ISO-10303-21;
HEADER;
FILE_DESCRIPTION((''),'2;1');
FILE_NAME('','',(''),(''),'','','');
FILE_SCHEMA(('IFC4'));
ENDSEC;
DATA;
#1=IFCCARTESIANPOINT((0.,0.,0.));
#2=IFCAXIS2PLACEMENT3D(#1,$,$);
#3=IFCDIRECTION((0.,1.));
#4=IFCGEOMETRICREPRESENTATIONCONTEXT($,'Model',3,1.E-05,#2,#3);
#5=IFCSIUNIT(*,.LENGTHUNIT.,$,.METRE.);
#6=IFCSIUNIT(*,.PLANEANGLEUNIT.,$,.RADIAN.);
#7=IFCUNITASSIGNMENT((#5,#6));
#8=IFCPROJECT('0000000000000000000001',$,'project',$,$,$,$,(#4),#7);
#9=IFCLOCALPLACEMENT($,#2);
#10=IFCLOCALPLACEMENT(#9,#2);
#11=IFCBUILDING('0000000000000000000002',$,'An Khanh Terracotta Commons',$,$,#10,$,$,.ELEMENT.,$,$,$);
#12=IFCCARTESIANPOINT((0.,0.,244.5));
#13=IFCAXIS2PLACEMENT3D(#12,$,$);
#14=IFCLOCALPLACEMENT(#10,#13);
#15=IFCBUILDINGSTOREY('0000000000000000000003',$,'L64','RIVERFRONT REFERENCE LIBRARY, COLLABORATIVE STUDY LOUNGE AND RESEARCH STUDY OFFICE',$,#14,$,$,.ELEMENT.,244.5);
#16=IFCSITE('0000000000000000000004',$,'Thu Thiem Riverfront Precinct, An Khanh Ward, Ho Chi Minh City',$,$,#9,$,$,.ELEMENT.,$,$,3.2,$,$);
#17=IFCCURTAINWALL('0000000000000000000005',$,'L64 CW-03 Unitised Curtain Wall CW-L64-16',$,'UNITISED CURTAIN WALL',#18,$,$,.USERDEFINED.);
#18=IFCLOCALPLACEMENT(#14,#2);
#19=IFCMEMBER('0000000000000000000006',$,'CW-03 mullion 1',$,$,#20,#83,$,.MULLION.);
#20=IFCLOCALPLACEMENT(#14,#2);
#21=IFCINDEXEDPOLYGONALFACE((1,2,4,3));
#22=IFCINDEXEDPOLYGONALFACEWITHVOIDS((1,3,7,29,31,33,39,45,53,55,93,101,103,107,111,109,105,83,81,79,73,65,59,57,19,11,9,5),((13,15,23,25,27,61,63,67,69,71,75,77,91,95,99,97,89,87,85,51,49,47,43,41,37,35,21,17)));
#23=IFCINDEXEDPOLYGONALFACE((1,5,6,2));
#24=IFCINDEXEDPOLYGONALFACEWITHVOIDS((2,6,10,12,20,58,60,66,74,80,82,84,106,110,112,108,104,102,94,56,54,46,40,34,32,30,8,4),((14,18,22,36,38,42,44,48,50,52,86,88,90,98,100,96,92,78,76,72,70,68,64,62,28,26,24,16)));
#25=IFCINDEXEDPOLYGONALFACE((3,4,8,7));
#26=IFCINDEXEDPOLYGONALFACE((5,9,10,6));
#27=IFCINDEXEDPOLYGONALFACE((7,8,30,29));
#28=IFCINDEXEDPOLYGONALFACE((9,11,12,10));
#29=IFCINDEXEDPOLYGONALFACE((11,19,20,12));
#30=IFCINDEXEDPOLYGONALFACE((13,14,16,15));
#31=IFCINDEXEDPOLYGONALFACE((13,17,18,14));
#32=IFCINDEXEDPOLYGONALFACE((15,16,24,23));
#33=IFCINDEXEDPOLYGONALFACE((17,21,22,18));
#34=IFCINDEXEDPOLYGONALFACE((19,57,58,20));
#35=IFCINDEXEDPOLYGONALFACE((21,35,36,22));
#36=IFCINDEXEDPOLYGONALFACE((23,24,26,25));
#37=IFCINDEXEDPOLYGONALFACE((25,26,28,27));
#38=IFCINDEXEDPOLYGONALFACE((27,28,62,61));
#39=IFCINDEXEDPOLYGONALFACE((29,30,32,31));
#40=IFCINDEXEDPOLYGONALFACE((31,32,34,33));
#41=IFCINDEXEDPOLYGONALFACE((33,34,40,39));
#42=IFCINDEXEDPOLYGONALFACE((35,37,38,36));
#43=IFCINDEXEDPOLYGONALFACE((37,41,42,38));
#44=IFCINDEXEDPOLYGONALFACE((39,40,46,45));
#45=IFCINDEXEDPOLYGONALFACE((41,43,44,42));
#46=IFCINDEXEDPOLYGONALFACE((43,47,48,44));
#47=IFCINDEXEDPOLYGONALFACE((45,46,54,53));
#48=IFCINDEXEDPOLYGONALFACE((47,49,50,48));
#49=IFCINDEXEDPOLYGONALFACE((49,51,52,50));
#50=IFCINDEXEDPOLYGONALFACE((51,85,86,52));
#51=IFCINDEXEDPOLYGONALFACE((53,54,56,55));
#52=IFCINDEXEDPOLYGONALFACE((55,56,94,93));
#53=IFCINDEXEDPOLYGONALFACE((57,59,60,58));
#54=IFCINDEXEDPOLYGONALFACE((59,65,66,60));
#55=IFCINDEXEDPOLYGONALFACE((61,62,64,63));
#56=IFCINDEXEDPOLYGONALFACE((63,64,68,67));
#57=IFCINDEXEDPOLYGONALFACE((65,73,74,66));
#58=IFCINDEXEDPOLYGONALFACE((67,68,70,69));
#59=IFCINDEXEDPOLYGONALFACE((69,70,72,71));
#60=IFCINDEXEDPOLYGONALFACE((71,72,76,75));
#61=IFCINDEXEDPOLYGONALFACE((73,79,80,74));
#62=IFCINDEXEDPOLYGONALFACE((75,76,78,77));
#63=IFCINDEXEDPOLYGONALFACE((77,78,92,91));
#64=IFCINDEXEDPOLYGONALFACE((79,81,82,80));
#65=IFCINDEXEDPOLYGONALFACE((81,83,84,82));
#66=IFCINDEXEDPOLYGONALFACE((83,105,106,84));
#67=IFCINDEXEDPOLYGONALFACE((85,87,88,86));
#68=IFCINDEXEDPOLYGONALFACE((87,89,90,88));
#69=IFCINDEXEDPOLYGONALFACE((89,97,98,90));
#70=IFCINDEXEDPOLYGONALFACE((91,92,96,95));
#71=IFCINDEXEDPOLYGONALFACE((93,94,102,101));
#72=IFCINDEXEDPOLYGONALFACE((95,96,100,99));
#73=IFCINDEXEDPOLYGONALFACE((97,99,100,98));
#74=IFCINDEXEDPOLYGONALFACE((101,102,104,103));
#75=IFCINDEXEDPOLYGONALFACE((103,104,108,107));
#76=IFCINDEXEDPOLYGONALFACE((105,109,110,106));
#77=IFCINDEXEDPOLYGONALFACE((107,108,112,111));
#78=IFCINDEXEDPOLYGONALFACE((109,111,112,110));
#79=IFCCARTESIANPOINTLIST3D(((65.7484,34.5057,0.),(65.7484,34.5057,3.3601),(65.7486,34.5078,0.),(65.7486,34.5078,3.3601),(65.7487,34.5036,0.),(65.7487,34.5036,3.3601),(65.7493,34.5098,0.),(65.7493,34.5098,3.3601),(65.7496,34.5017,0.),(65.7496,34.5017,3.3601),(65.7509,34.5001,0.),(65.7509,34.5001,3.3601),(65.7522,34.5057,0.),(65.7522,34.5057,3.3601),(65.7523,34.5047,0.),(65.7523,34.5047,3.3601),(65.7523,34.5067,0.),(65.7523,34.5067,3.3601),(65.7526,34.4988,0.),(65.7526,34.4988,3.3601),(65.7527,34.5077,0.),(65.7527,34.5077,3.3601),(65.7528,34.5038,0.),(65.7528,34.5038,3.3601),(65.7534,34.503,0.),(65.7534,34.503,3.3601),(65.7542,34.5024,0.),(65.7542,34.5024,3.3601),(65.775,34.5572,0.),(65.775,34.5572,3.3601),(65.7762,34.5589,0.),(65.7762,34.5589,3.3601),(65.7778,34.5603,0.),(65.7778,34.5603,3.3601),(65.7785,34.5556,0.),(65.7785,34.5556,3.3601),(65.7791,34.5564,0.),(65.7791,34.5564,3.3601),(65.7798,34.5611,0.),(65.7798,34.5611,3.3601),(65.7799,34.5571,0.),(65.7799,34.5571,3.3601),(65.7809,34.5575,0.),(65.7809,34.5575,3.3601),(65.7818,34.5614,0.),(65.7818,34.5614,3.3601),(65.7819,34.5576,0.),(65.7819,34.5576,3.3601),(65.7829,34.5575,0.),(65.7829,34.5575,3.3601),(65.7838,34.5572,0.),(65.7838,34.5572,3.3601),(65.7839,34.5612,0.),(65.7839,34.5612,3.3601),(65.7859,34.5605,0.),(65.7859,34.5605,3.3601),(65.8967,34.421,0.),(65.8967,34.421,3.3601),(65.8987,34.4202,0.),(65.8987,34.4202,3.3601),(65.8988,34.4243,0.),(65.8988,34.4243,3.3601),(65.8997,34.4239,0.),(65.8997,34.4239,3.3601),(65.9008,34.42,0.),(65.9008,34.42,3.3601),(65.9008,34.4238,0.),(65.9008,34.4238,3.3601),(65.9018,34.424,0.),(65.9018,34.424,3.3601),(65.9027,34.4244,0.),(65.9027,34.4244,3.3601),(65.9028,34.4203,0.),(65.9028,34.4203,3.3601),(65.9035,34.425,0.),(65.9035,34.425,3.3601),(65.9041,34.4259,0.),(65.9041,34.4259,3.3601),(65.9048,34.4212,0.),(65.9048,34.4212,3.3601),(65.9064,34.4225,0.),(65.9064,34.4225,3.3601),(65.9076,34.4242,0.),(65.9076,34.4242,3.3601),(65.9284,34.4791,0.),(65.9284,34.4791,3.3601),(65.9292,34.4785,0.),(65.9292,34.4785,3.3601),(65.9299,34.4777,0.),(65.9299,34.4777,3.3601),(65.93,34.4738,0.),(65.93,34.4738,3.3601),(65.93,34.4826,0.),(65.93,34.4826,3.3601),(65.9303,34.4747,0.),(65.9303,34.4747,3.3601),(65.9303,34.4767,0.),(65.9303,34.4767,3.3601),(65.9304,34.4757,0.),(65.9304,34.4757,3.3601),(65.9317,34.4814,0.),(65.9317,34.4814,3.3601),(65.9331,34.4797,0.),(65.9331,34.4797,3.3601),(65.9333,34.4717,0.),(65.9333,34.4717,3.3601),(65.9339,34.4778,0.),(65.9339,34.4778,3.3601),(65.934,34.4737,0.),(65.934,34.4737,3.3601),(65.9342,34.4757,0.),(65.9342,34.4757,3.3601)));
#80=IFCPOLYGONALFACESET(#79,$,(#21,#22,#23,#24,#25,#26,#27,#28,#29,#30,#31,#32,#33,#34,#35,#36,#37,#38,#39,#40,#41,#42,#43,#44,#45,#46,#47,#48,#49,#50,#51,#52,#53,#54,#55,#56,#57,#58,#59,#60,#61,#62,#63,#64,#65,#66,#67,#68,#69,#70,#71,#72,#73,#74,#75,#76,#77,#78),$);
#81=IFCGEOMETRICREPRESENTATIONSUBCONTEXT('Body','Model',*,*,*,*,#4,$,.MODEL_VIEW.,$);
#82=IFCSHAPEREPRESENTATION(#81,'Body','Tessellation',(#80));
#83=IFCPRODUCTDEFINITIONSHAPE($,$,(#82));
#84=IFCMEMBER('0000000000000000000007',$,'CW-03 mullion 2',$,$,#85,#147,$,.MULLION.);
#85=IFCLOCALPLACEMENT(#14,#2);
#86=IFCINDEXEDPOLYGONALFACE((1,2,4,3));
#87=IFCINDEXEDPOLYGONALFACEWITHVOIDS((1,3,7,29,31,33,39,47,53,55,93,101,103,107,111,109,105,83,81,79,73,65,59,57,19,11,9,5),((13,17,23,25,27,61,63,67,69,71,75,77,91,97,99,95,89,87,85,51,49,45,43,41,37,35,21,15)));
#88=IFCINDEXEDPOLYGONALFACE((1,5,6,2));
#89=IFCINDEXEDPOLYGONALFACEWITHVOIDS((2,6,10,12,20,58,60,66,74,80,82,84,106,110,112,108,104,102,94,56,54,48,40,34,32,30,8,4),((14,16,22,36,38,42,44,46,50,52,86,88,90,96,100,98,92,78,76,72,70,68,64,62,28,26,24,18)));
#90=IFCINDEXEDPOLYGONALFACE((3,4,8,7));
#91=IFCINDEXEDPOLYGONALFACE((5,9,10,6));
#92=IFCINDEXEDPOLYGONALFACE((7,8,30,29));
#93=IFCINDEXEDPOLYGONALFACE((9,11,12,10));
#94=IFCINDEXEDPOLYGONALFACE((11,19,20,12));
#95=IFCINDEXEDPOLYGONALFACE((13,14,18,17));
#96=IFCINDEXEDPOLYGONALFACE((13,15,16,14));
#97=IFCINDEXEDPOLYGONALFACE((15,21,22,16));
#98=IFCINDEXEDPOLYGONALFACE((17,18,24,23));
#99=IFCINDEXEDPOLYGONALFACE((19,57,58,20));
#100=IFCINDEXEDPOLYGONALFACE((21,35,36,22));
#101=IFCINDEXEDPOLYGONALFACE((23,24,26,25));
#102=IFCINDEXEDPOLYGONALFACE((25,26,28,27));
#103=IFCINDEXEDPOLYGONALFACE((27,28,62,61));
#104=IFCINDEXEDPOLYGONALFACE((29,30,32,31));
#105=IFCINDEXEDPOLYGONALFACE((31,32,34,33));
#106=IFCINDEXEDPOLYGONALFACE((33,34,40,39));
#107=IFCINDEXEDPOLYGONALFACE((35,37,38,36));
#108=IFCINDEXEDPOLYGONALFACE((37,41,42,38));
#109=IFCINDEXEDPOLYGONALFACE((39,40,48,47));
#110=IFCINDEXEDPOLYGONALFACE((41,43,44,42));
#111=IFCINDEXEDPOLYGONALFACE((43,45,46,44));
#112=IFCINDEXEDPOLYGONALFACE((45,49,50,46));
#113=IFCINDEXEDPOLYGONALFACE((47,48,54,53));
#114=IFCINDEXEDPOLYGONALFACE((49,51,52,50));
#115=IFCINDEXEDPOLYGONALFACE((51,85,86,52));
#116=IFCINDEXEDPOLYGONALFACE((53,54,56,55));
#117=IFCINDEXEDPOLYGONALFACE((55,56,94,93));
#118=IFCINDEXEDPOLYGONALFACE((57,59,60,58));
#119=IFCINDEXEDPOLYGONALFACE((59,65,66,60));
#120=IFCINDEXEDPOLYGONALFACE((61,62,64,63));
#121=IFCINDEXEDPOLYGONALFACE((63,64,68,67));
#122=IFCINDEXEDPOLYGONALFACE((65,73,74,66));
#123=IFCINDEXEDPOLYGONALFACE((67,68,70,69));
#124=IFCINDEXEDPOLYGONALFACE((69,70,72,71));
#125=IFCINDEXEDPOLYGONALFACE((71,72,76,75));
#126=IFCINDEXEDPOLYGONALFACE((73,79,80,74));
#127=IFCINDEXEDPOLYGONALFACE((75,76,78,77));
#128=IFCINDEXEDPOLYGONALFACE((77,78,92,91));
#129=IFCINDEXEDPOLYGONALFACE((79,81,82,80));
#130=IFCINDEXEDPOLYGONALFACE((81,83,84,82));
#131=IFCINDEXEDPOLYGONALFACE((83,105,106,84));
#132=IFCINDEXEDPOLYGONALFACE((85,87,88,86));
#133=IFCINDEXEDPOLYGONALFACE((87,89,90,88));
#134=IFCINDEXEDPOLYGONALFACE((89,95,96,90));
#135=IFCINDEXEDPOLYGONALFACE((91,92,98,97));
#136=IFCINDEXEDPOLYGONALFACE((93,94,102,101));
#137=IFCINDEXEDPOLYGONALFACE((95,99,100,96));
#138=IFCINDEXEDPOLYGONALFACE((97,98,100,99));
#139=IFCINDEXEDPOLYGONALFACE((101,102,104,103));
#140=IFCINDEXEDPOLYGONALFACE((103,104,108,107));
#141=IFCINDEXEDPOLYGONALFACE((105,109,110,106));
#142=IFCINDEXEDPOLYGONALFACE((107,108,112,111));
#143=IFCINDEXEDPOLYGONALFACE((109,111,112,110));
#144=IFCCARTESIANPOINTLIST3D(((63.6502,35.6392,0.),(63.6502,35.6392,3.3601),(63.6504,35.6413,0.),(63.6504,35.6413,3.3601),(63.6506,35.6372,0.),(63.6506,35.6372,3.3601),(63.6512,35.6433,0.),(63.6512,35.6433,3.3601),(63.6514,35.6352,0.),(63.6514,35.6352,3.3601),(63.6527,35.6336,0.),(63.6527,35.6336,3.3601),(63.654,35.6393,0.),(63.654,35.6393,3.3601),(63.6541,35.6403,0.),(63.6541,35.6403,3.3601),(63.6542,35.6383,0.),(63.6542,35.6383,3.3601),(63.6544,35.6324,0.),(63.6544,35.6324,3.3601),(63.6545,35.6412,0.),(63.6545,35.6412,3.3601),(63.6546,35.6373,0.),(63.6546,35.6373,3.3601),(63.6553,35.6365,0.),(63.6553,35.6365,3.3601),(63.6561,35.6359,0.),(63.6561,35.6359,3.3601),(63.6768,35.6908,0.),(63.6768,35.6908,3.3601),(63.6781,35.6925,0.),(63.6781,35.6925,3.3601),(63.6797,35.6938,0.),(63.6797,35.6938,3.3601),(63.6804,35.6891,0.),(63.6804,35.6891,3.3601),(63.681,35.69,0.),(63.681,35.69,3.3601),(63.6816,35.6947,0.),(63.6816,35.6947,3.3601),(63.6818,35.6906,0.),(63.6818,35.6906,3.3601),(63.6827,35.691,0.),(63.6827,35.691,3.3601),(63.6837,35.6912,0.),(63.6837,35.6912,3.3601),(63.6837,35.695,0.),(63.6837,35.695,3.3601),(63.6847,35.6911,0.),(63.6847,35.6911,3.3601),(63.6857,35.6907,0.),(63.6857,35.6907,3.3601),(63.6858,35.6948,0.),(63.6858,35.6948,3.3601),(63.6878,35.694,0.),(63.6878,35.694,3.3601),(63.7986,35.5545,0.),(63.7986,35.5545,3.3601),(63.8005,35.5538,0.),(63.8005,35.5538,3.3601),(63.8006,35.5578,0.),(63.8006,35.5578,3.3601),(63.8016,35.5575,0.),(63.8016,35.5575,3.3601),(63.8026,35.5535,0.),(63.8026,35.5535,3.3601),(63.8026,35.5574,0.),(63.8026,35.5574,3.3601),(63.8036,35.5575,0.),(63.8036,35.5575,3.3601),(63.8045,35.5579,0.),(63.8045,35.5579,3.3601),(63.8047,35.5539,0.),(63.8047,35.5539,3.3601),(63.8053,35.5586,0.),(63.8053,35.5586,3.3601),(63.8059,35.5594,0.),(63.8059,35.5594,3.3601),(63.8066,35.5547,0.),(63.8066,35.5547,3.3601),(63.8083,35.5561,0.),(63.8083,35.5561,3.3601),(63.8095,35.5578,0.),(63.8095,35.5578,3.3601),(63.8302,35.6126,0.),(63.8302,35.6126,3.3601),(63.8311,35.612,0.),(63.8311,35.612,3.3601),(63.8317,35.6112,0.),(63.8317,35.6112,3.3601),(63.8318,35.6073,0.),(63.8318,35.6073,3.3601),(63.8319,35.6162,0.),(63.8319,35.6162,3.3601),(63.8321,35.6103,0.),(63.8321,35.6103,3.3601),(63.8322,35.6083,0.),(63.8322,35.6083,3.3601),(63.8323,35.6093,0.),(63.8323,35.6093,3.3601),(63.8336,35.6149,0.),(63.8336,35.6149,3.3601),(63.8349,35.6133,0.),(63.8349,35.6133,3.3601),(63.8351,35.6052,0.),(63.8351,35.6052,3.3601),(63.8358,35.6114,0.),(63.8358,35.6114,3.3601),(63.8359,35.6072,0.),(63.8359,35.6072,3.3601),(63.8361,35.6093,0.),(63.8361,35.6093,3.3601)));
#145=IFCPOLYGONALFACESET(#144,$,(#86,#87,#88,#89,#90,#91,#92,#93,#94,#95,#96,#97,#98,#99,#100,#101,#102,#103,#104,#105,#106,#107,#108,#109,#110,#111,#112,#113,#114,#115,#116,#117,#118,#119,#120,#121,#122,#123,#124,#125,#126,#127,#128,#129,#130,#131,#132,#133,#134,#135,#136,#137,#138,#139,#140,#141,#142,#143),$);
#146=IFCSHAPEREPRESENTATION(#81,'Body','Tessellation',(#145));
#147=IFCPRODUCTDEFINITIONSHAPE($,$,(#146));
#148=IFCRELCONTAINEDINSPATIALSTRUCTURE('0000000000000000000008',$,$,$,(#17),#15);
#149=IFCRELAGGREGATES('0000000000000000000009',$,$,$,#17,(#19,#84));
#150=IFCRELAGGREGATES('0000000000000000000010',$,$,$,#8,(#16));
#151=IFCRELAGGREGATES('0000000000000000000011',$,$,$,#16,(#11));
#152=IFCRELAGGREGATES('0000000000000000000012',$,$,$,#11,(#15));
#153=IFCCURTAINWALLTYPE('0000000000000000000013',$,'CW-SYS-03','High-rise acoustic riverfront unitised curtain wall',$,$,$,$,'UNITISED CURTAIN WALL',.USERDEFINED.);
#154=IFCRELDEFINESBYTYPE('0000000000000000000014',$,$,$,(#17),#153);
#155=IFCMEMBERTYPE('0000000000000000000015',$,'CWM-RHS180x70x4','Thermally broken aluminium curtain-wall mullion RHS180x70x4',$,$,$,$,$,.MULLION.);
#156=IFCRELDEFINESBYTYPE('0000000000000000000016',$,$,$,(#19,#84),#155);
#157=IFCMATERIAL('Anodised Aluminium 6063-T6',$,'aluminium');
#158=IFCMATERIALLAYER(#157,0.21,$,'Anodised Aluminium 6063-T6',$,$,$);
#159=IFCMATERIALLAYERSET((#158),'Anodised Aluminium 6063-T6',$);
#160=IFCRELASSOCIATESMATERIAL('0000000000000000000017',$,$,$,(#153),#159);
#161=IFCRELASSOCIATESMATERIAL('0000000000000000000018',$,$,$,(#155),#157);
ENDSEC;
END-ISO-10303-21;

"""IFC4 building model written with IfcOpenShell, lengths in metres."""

from ifc_helpers import new_model, si_unit, direction, frame, origin, origin_2d, place, context, subcontext, project, spatial, hollow_rectangle, extrude, material, layer, layer_set, material_profile, profile_set, type_object, element, aggregate, save


model = new_model("IFC4")

# Units and contexts
model_context = context("Model", 3, precision=1e-05, world=origin(), true_north=direction((0.0, 1.0)))
body_context = subcontext(model_context, "Body", "Model", "MODEL_VIEW")
ifc_project = project(units=[si_unit("LENGTHUNIT", "METRE"), si_unit("PLANEANGLEUNIT", "RADIAN")], contexts=[model_context])

# Site, building, storey
site_placement = place(None, origin())
site = spatial("IfcSite", under=ifc_project, at=site_placement, Name="Thu Thiem Riverfront Precinct, An Khanh Ward, Ho Chi Minh City", CompositionType="ELEMENT", RefElevation=3.2)
building_placement = place(site_placement, origin())
building = spatial("IfcBuilding", under=site, at=building_placement, Name="An Khanh Terracotta Commons", CompositionType="ELEMENT")
storey_placement = place(building_placement, frame((0.0, 0.0, 244.5)))
storey = spatial("IfcBuildingStorey", under=building, at=storey_placement, Name="L64", Description="RIVERFRONT REFERENCE LIBRARY, COLLABORATIVE STUDY LOUNGE AND RESEARCH STUDY OFFICE", CompositionType="ELEMENT", Elevation=244.5)

# Curtain wall, members
ifc_material_1 = material(Name="Anodised Aluminium 6063-T6", Category="aluminium")
ifc_layer_1 = layer(ifc_material_1, 0.21, Name="Anodised Aluminium 6063-T6")
ifc_layer_set_1 = layer_set([ifc_layer_1], Name="Anodised Aluminium 6063-T6")
curtain_wall_type = type_object("IfcCurtainWallType", Name="CW-SYS-03", Description="High-rise acoustic riverfront unitised curtain wall", ElementType="UNITISED CURTAIN WALL", PredefinedType="USERDEFINED", material=ifc_layer_set_1)
ifc_material_profile_1 = material_profile(ifc_material_1, hollow_rectangle(XDim=0.0701, YDim=0.1799, WallThickness=0.0039, InnerFilletRadius=0.0039, OuterFilletRadius=0.0081, at=origin_2d()), Name="RHS180x70x4")
ifc_profile_set_1 = profile_set([ifc_material_profile_1], Name="Anodised Aluminium 6063-T6")
member_type_1 = type_object("IfcMemberType", Name="CWM-RHS180x70x4", Description="Thermally broken aluminium curtain-wall mullion RHS180x70x4", PredefinedType="MULLION", material=ifc_profile_set_1)
curtain_wall_1_placement = place(storey_placement, origin())
curtain_wall_1 = element("IfcCurtainWall", 1, at=curtain_wall_1_placement, inside=storey, type_object=curtain_wall_type, Name="L64 CW-03 Unitised Curtain Wall CW-L64-16", ObjectType="UNITISED CURTAIN WALL", PredefinedType="USERDEFINED")
member_1_placement = place(storey_placement, frame((65.8413, 34.4907, 0.0), z_axis=(0.0, 0.0, 1.0), x_axis=(-0.475381, -0.87978, 0.0)))
member_1 = element("IfcMember", 2, at=member_1_placement, type_object=member_type_1, Name="CW-03 mullion 1", PredefinedType="MULLION", context=body_context, shape_type="SweptSolid", body=[
    extrude(hollow_rectangle(XDim=0.0701, YDim=0.1799, WallThickness=0.0039, InnerFilletRadius=0.0039, OuterFilletRadius=0.0081, at=origin_2d()), origin(), (0.0, 0.0, 1.0), 3.3601),
])
member_2_placement = place(storey_placement, frame((63.7432, 35.6243, 0.0), z_axis=(0.0, 0.0, 1.0), x_axis=(-0.475381, -0.87978, 0.0)))
member_2 = element("IfcMember", 3, at=member_2_placement, type_object=member_type_1, Name="CW-03 mullion 2", PredefinedType="MULLION", context=body_context, shape_type="SweptSolid", body=[
    extrude(hollow_rectangle(XDim=0.0701, YDim=0.1799, WallThickness=0.0039, InnerFilletRadius=0.0039, OuterFilletRadius=0.0081, at=origin_2d()), origin(), (0.0, 0.0, 1.0), 3.3601),
])

aggregate(curtain_wall_1, [member_1, member_2])

save(model, "model.ifc")
